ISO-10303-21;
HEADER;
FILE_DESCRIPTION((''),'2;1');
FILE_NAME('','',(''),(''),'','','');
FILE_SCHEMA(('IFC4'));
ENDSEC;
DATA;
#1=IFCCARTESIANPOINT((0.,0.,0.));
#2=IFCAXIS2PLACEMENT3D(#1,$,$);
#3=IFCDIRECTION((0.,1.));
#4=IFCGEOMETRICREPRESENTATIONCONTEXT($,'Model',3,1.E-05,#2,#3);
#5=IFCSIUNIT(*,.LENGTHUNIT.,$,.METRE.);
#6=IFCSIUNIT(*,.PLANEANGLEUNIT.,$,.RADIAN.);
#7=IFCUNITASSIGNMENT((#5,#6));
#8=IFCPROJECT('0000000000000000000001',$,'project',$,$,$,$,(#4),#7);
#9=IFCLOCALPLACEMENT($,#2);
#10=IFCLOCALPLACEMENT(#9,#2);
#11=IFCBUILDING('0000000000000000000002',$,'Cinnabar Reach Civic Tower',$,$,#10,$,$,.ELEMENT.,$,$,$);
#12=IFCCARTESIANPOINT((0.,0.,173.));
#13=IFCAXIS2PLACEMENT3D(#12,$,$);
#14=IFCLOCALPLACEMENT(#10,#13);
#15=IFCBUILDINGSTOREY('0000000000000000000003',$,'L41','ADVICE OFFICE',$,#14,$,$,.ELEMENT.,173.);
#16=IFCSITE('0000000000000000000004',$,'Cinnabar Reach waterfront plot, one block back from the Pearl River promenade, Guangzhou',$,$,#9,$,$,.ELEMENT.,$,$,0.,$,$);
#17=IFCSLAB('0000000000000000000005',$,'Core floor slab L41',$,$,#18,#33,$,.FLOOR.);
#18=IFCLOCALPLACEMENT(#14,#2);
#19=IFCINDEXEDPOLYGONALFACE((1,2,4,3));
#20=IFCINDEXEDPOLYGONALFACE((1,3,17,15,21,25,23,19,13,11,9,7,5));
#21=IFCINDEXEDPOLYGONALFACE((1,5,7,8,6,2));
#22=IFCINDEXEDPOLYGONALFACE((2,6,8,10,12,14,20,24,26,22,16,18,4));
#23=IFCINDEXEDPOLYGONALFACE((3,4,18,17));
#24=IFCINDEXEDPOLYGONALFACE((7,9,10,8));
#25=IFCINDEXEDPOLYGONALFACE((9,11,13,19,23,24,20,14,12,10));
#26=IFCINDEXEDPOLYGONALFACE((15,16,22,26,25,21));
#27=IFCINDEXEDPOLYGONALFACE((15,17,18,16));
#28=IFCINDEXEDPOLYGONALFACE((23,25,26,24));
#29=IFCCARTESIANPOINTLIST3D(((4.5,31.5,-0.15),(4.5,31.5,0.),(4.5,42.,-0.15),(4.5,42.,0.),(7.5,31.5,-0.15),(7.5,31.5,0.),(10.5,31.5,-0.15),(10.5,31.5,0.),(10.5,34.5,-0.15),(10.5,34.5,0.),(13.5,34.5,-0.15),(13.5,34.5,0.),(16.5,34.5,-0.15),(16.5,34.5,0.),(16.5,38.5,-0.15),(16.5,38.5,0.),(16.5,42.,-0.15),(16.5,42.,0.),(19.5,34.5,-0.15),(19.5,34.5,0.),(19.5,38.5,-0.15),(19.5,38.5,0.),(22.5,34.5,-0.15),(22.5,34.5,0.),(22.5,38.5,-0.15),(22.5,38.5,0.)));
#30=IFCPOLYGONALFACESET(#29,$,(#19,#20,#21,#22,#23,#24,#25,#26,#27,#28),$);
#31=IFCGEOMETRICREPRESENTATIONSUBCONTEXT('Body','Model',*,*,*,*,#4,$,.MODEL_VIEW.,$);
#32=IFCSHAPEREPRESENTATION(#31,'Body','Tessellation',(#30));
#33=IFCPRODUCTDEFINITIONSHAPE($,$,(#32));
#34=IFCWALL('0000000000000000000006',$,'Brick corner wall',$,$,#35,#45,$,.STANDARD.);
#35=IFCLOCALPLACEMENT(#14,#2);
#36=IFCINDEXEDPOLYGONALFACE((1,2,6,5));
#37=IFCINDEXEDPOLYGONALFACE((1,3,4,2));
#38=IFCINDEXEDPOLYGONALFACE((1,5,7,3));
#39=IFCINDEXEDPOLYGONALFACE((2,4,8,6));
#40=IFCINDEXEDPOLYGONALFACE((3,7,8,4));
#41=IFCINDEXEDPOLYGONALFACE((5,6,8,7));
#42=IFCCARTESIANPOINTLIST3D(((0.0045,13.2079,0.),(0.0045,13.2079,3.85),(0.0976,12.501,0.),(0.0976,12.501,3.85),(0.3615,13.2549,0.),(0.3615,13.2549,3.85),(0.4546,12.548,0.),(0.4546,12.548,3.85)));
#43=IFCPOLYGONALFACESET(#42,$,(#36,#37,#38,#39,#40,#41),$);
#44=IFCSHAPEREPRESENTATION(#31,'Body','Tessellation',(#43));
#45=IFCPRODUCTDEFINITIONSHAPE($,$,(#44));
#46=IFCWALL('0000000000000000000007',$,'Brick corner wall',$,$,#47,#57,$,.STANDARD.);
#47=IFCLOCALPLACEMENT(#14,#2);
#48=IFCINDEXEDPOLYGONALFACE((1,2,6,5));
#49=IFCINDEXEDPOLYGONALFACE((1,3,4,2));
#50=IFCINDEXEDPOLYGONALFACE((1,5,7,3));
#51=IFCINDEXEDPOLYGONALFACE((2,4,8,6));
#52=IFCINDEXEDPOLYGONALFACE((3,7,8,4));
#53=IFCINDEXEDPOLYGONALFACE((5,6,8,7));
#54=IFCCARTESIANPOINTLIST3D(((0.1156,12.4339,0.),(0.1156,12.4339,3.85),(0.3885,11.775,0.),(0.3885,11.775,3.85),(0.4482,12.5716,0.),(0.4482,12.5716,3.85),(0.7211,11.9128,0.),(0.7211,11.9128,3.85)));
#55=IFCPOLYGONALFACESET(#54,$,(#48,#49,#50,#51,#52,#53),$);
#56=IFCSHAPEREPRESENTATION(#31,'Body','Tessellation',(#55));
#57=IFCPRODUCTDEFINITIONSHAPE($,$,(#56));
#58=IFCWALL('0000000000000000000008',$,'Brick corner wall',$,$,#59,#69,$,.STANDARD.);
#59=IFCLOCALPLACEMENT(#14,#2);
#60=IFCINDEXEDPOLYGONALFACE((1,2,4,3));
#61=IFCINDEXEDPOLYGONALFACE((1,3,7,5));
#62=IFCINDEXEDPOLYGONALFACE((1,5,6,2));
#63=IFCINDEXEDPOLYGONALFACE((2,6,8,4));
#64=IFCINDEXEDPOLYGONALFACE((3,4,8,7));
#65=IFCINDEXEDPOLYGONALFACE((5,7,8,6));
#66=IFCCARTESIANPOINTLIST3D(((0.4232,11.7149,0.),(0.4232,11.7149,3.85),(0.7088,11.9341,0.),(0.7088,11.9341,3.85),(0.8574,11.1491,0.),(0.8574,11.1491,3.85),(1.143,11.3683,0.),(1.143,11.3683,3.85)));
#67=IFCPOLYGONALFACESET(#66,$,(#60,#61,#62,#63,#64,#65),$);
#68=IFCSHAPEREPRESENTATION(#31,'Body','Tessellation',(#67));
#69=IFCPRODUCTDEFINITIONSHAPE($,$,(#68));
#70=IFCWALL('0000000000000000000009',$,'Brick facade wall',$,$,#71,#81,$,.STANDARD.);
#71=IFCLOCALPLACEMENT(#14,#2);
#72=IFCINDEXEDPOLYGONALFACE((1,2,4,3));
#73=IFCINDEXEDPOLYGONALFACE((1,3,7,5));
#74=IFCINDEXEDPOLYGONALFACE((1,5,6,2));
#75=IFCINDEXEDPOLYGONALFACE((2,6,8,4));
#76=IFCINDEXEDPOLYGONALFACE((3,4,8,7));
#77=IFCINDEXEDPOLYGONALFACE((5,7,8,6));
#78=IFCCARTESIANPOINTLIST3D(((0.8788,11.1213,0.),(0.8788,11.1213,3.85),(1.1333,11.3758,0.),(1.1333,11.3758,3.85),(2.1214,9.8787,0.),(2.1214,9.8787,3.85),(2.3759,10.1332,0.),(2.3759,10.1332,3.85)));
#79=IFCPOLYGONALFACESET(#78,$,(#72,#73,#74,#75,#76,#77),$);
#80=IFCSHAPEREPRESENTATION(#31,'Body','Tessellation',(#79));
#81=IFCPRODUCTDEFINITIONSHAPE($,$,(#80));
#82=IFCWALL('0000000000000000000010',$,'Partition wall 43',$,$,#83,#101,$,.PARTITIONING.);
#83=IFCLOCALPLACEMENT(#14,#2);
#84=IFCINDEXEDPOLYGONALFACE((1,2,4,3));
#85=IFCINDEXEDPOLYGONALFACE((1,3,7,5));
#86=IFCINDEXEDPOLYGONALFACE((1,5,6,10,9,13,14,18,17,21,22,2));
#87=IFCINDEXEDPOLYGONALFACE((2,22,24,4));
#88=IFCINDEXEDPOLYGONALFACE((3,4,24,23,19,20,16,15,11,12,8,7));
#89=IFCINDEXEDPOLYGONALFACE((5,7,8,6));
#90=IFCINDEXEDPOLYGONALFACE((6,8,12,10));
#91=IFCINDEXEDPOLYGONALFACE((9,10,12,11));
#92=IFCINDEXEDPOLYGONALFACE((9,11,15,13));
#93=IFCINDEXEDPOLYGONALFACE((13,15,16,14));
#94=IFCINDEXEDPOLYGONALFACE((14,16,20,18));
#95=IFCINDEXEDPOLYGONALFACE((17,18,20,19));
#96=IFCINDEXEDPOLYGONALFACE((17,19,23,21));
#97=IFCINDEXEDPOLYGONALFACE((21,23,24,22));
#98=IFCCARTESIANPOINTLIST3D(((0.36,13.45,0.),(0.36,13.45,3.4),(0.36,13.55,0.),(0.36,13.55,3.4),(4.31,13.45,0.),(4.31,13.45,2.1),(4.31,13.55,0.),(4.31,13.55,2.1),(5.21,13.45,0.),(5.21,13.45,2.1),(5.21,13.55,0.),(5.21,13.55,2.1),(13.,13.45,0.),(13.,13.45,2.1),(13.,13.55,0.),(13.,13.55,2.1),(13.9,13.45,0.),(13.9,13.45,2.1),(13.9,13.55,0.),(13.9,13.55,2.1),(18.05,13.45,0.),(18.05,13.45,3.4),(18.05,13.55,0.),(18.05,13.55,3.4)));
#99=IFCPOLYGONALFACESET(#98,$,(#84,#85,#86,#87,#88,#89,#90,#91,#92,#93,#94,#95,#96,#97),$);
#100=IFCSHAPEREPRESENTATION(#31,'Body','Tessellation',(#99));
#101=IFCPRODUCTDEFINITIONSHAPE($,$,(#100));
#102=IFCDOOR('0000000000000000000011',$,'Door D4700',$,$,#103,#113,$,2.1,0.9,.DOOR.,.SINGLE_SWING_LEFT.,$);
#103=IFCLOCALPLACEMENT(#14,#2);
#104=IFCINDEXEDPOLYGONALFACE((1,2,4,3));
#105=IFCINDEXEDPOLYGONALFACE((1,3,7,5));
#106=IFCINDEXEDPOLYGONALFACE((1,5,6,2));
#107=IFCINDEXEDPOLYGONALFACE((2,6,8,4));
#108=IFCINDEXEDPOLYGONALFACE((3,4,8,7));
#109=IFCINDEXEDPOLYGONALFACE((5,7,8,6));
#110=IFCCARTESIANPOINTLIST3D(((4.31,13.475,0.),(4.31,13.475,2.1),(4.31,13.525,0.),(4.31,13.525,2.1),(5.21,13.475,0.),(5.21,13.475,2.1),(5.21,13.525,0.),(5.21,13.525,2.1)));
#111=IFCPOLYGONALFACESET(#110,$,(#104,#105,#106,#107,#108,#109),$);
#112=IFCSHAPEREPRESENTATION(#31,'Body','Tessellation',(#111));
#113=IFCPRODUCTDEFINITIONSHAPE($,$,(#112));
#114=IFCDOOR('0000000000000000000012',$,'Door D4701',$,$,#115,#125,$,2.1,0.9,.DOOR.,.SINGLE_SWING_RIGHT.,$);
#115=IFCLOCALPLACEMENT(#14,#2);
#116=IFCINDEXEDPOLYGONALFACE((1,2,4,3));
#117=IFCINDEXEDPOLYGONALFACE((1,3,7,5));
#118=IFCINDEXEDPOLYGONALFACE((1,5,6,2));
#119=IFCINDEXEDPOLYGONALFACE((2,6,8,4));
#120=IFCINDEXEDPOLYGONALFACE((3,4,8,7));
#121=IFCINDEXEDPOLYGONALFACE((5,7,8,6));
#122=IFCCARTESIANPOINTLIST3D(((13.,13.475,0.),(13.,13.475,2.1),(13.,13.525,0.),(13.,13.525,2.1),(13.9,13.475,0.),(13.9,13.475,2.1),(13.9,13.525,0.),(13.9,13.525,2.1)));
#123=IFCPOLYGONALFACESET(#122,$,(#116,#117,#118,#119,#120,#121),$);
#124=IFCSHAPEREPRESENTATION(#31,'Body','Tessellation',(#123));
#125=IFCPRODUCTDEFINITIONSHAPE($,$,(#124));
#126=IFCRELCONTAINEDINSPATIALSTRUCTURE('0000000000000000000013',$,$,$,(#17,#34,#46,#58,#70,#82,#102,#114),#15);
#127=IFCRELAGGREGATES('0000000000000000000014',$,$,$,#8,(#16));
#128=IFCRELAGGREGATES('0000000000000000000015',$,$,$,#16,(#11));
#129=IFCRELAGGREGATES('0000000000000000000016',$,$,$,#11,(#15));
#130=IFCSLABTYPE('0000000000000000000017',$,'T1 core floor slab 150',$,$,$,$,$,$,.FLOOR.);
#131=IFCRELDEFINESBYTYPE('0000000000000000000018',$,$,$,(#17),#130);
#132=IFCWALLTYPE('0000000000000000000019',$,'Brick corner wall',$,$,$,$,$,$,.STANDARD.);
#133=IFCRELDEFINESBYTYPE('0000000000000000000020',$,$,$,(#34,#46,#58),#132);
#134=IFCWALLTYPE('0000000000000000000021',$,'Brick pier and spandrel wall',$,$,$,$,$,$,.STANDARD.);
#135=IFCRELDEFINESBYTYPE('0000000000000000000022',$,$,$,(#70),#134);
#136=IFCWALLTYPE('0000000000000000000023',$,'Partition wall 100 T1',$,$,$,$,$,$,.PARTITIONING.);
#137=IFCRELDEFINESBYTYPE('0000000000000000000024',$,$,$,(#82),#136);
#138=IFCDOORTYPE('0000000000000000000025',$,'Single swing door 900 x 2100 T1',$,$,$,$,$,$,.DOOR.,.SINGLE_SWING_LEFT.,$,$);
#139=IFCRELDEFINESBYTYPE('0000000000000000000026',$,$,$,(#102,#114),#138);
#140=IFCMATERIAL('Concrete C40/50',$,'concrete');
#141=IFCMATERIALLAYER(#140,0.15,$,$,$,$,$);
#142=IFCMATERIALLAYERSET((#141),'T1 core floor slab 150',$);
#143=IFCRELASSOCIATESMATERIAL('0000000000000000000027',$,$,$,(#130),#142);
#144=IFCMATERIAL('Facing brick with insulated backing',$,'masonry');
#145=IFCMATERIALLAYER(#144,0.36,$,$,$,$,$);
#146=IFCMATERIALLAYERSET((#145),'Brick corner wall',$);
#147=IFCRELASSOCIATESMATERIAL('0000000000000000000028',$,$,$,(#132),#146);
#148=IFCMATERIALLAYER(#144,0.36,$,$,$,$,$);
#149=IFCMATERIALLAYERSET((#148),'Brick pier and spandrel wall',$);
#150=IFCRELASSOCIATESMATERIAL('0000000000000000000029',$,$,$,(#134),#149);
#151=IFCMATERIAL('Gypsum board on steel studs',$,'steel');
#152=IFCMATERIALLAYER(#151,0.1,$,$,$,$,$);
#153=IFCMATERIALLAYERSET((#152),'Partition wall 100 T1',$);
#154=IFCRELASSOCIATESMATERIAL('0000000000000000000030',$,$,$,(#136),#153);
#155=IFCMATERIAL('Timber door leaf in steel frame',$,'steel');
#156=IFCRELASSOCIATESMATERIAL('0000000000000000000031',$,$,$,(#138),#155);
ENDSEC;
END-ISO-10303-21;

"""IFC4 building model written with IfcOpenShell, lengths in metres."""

from ifc_helpers import new_model, si_unit, direction, frame, frame_2d, origin, place, context, subcontext, project, spatial, polyline, rectangle, outline, extrude, material, layer, layer_set, type_object, element, fill, save


model = new_model("IFC4")

# Units and contexts
model_context = context("Model", 3, precision=1e-05, world=origin(), true_north=direction((0.0, 1.0)))
body_context = subcontext(model_context, "Body", "Model", "MODEL_VIEW")
ifc_project = project(units=[si_unit("LENGTHUNIT", "METRE"), si_unit("PLANEANGLEUNIT", "RADIAN")], contexts=[model_context])

# Site, building, storey
site_placement = place(None, origin())
site = spatial("IfcSite", under=ifc_project, at=site_placement, Name="Cinnabar Reach waterfront plot, one block back from the Pearl River promenade, Guangzhou", CompositionType="ELEMENT", RefElevation=0.0)
building_placement = place(site_placement, origin())
building = spatial("IfcBuilding", under=site, at=building_placement, Name="Cinnabar Reach Civic Tower", CompositionType="ELEMENT")
storey_placement = place(building_placement, frame((0.0, 0.0, 173.0)))
storey = spatial("IfcBuildingStorey", under=building, at=storey_placement, Name="L41", Description="ADVICE OFFICE", CompositionType="ELEMENT", Elevation=173.0)

# Shared definitions
ifc_material_1 = material(Name="Concrete C40/50", Category="concrete")

# Slab
ifc_layer_1 = layer(ifc_material_1, 0.15)
ifc_layer_set_1 = layer_set([ifc_layer_1], Name="T1 core floor slab 150")
slab_type_1 = type_object("IfcSlabType", Name="T1 core floor slab 150", PredefinedType="FLOOR", material=ifc_layer_set_1)
slab_1_placement = place(storey_placement, frame((0.0, 0.0, -0.15)))
element("IfcSlab", 1, at=slab_1_placement, inside=storey, type_object=slab_type_1, Name="Core floor slab L41", PredefinedType="FLOOR", context=body_context, shape_type="SweptSolid", body=[
    extrude(outline(polyline([(22.5, 34.5), (19.5, 34.5), (16.5, 34.5), (13.5, 34.5), (10.5, 34.5), (10.5, 31.5), (7.5, 31.5), (4.5, 31.5), (4.5, 42.0), (16.5, 42.0), (16.5, 38.5), (19.5, 38.5), (22.5, 38.5), (22.5, 34.5)])), origin(), (0.0, 0.0, 1.0), 0.15),
])

# Walls
ifc_material_2 = material(Name="Facing brick with insulated backing", Category="masonry")
ifc_layer_2 = layer(ifc_material_2, 0.36)
ifc_layer_set_2 = layer_set([ifc_layer_2], Name="Brick corner wall")
wall_type_1 = type_object("IfcWallType", Name="Brick corner wall", PredefinedType="STANDARD", material=ifc_layer_set_2)
for number, where, z_axis, x_axis, name in (
    (2, (0.183, 13.2314, 0.0), (0.0, 0.0, 1.0), (0.130556, -0.991441, 0.0), "Brick corner wall"),
    (3, (0.2819, 12.5027, 0.0), (0.0, 0.0, 1.0), (0.382703, -0.923872, 0.0), "Brick corner wall"),
):
    element("IfcWall", number, at=place(storey_placement, frame(where, z_axis=z_axis, x_axis=x_axis)), inside=storey, type_object=wall_type_1, Name=name, PredefinedType="STANDARD", context=body_context, shape_type="SweptSolid", body=[
        extrude(rectangle(XDim=0.7131, YDim=0.36, at=frame_2d((0.3565, 0.0))), origin(), (0.0, 0.0, 1.0), 3.85),
    ])
wall_1_placement = place(storey_placement, frame((0.566, 11.8245, 0.0), z_axis=(0.0, 0.0, 1.0), x_axis=(0.608802, -0.793322, 0.0)))
element("IfcWall", 4, at=wall_1_placement, inside=storey, type_object=wall_type_1, Name="Brick corner wall", PredefinedType="STANDARD", context=body_context, shape_type="SweptSolid", body=[
    extrude(rectangle(XDim=0.7132, YDim=0.36, at=frame_2d((0.3566, 0.0))), origin(), (0.0, 0.0, 1.0), 3.85),
])
ifc_layer_3 = layer(ifc_material_2, 0.36)
ifc_layer_set_3 = layer_set([ifc_layer_3], Name="Brick pier and spandrel wall")
wall_type_2 = type_object("IfcWallType", Name="Brick pier and spandrel wall", PredefinedType="STANDARD", material=ifc_layer_set_3)
wall_2_placement = place(storey_placement, frame((1.006, 11.2486, 0.0), z_axis=(0.0, 0.0, 1.0), x_axis=(0.707107, -0.707107, 0.0)))
element("IfcWall", 5, at=wall_2_placement, inside=storey, type_object=wall_type_2, Name="Brick facade wall", PredefinedType="STANDARD", context=body_context, shape_type="SweptSolid", body=[
    extrude(rectangle(XDim=1.7573, YDim=0.36, at=frame_2d((0.8787, 0.0))), origin(), (0.0, 0.0, 1.0), 3.85),
])

# Wall, openings, doors
ifc_material_3 = material(Name="Gypsum board on steel studs", Category="steel")
ifc_layer_4 = layer(ifc_material_3, 0.1)
ifc_layer_set_4 = layer_set([ifc_layer_4], Name="Partition wall 100 T1")
wall_type_3 = type_object("IfcWallType", Name="Partition wall 100 T1", PredefinedType="PARTITIONING", material=ifc_layer_set_4)
wall_3_placement = place(storey_placement, frame((0.36, 13.5, 0.0), z_axis=(0.0, 0.0, 1.0), x_axis=(1.0, 0.0, 0.0)))
wall_3 = element("IfcWall", 6, at=wall_3_placement, inside=storey, type_object=wall_type_3, Name="Partition wall 43", PredefinedType="PARTITIONING", context=body_context, shape_type="SweptSolid", body=[
    extrude(rectangle(XDim=17.69, YDim=0.1, at=frame_2d((8.845, 0.0))), origin(), (0.0, 0.0, 1.0), 3.4),
])
opening_1_placement = place(wall_3_placement, frame((3.95, 0.0, 0.0)))
opening_1 = element("IfcOpeningElement", 7, at=opening_1_placement, cuts=wall_3, PredefinedType="OPENING", context=body_context, shape_type="SweptSolid", body=[
    extrude(rectangle(XDim=0.9, YDim=2.1, at=frame_2d((0.45, 1.05))), frame((0.0, 0.06, 0.0), z_axis=(0.0, -1.0, 0.0), x_axis=(1.0, 0.0, 0.0)), (0.0, 0.0, 1.0), 0.12),
])
opening_2_placement = place(wall_3_placement, frame((12.64, 0.0, 0.0)))
opening_2 = element("IfcOpeningElement", 8, at=opening_2_placement, cuts=wall_3, PredefinedType="OPENING", context=body_context, shape_type="SweptSolid", body=[
    extrude(rectangle(XDim=0.9, YDim=2.1, at=frame_2d((0.45, 1.05))), frame((0.0, 0.06, 0.0), z_axis=(0.0, -1.0, 0.0), x_axis=(1.0, 0.0, 0.0)), (0.0, 0.0, 1.0), 0.12),
])
ifc_material_4 = material(Name="Timber door leaf in steel frame", Category="steel")
door_type = type_object("IfcDoorType", Name="Single swing door 900 x 2100 T1", OperationType="SINGLE_SWING_LEFT", PredefinedType="DOOR", material=ifc_material_4)
door_1_placement = place(opening_1_placement, frame((0.9, 0.0, 0.0), z_axis=(0.0, 0.0, 1.0), x_axis=(-1.0, 0.0, 0.0)))
door_1 = element("IfcDoor", 9, at=door_1_placement, inside=storey, type_object=door_type, Name="Door D4700", OperationType="SINGLE_SWING_LEFT", OverallHeight=2.1, OverallWidth=0.9, PredefinedType="DOOR", context=body_context, shape_type="SweptSolid", body=[
    extrude(rectangle(XDim=0.9, YDim=2.1, at=frame_2d((0.45, 1.05))), frame((0.0, 0.025, 0.0), z_axis=(0.0, -1.0, 0.0), x_axis=(1.0, 0.0, 0.0)), (0.0, 0.0, 1.0), 0.05),
])
fill(opening_1, door_1)
door_2_placement = place(opening_2_placement, frame((0.9, 0.0, 0.0), z_axis=(0.0, 0.0, 1.0), x_axis=(-1.0, 0.0, 0.0)))
door_2 = element("IfcDoor", 10, at=door_2_placement, inside=storey, type_object=door_type, Name="Door D4701", OperationType="SINGLE_SWING_RIGHT", OverallHeight=2.1, OverallWidth=0.9, PredefinedType="DOOR", context=body_context, shape_type="SweptSolid", body=[
    extrude(rectangle(XDim=0.9, YDim=2.1, at=frame_2d((0.45, 1.05))), frame((0.0, 0.025, 0.0), z_axis=(0.0, -1.0, 0.0), x_axis=(1.0, 0.0, 0.0)), (0.0, 0.0, 1.0), 0.05),
])
fill(opening_2, door_2)

save(model, "model.ifc")
